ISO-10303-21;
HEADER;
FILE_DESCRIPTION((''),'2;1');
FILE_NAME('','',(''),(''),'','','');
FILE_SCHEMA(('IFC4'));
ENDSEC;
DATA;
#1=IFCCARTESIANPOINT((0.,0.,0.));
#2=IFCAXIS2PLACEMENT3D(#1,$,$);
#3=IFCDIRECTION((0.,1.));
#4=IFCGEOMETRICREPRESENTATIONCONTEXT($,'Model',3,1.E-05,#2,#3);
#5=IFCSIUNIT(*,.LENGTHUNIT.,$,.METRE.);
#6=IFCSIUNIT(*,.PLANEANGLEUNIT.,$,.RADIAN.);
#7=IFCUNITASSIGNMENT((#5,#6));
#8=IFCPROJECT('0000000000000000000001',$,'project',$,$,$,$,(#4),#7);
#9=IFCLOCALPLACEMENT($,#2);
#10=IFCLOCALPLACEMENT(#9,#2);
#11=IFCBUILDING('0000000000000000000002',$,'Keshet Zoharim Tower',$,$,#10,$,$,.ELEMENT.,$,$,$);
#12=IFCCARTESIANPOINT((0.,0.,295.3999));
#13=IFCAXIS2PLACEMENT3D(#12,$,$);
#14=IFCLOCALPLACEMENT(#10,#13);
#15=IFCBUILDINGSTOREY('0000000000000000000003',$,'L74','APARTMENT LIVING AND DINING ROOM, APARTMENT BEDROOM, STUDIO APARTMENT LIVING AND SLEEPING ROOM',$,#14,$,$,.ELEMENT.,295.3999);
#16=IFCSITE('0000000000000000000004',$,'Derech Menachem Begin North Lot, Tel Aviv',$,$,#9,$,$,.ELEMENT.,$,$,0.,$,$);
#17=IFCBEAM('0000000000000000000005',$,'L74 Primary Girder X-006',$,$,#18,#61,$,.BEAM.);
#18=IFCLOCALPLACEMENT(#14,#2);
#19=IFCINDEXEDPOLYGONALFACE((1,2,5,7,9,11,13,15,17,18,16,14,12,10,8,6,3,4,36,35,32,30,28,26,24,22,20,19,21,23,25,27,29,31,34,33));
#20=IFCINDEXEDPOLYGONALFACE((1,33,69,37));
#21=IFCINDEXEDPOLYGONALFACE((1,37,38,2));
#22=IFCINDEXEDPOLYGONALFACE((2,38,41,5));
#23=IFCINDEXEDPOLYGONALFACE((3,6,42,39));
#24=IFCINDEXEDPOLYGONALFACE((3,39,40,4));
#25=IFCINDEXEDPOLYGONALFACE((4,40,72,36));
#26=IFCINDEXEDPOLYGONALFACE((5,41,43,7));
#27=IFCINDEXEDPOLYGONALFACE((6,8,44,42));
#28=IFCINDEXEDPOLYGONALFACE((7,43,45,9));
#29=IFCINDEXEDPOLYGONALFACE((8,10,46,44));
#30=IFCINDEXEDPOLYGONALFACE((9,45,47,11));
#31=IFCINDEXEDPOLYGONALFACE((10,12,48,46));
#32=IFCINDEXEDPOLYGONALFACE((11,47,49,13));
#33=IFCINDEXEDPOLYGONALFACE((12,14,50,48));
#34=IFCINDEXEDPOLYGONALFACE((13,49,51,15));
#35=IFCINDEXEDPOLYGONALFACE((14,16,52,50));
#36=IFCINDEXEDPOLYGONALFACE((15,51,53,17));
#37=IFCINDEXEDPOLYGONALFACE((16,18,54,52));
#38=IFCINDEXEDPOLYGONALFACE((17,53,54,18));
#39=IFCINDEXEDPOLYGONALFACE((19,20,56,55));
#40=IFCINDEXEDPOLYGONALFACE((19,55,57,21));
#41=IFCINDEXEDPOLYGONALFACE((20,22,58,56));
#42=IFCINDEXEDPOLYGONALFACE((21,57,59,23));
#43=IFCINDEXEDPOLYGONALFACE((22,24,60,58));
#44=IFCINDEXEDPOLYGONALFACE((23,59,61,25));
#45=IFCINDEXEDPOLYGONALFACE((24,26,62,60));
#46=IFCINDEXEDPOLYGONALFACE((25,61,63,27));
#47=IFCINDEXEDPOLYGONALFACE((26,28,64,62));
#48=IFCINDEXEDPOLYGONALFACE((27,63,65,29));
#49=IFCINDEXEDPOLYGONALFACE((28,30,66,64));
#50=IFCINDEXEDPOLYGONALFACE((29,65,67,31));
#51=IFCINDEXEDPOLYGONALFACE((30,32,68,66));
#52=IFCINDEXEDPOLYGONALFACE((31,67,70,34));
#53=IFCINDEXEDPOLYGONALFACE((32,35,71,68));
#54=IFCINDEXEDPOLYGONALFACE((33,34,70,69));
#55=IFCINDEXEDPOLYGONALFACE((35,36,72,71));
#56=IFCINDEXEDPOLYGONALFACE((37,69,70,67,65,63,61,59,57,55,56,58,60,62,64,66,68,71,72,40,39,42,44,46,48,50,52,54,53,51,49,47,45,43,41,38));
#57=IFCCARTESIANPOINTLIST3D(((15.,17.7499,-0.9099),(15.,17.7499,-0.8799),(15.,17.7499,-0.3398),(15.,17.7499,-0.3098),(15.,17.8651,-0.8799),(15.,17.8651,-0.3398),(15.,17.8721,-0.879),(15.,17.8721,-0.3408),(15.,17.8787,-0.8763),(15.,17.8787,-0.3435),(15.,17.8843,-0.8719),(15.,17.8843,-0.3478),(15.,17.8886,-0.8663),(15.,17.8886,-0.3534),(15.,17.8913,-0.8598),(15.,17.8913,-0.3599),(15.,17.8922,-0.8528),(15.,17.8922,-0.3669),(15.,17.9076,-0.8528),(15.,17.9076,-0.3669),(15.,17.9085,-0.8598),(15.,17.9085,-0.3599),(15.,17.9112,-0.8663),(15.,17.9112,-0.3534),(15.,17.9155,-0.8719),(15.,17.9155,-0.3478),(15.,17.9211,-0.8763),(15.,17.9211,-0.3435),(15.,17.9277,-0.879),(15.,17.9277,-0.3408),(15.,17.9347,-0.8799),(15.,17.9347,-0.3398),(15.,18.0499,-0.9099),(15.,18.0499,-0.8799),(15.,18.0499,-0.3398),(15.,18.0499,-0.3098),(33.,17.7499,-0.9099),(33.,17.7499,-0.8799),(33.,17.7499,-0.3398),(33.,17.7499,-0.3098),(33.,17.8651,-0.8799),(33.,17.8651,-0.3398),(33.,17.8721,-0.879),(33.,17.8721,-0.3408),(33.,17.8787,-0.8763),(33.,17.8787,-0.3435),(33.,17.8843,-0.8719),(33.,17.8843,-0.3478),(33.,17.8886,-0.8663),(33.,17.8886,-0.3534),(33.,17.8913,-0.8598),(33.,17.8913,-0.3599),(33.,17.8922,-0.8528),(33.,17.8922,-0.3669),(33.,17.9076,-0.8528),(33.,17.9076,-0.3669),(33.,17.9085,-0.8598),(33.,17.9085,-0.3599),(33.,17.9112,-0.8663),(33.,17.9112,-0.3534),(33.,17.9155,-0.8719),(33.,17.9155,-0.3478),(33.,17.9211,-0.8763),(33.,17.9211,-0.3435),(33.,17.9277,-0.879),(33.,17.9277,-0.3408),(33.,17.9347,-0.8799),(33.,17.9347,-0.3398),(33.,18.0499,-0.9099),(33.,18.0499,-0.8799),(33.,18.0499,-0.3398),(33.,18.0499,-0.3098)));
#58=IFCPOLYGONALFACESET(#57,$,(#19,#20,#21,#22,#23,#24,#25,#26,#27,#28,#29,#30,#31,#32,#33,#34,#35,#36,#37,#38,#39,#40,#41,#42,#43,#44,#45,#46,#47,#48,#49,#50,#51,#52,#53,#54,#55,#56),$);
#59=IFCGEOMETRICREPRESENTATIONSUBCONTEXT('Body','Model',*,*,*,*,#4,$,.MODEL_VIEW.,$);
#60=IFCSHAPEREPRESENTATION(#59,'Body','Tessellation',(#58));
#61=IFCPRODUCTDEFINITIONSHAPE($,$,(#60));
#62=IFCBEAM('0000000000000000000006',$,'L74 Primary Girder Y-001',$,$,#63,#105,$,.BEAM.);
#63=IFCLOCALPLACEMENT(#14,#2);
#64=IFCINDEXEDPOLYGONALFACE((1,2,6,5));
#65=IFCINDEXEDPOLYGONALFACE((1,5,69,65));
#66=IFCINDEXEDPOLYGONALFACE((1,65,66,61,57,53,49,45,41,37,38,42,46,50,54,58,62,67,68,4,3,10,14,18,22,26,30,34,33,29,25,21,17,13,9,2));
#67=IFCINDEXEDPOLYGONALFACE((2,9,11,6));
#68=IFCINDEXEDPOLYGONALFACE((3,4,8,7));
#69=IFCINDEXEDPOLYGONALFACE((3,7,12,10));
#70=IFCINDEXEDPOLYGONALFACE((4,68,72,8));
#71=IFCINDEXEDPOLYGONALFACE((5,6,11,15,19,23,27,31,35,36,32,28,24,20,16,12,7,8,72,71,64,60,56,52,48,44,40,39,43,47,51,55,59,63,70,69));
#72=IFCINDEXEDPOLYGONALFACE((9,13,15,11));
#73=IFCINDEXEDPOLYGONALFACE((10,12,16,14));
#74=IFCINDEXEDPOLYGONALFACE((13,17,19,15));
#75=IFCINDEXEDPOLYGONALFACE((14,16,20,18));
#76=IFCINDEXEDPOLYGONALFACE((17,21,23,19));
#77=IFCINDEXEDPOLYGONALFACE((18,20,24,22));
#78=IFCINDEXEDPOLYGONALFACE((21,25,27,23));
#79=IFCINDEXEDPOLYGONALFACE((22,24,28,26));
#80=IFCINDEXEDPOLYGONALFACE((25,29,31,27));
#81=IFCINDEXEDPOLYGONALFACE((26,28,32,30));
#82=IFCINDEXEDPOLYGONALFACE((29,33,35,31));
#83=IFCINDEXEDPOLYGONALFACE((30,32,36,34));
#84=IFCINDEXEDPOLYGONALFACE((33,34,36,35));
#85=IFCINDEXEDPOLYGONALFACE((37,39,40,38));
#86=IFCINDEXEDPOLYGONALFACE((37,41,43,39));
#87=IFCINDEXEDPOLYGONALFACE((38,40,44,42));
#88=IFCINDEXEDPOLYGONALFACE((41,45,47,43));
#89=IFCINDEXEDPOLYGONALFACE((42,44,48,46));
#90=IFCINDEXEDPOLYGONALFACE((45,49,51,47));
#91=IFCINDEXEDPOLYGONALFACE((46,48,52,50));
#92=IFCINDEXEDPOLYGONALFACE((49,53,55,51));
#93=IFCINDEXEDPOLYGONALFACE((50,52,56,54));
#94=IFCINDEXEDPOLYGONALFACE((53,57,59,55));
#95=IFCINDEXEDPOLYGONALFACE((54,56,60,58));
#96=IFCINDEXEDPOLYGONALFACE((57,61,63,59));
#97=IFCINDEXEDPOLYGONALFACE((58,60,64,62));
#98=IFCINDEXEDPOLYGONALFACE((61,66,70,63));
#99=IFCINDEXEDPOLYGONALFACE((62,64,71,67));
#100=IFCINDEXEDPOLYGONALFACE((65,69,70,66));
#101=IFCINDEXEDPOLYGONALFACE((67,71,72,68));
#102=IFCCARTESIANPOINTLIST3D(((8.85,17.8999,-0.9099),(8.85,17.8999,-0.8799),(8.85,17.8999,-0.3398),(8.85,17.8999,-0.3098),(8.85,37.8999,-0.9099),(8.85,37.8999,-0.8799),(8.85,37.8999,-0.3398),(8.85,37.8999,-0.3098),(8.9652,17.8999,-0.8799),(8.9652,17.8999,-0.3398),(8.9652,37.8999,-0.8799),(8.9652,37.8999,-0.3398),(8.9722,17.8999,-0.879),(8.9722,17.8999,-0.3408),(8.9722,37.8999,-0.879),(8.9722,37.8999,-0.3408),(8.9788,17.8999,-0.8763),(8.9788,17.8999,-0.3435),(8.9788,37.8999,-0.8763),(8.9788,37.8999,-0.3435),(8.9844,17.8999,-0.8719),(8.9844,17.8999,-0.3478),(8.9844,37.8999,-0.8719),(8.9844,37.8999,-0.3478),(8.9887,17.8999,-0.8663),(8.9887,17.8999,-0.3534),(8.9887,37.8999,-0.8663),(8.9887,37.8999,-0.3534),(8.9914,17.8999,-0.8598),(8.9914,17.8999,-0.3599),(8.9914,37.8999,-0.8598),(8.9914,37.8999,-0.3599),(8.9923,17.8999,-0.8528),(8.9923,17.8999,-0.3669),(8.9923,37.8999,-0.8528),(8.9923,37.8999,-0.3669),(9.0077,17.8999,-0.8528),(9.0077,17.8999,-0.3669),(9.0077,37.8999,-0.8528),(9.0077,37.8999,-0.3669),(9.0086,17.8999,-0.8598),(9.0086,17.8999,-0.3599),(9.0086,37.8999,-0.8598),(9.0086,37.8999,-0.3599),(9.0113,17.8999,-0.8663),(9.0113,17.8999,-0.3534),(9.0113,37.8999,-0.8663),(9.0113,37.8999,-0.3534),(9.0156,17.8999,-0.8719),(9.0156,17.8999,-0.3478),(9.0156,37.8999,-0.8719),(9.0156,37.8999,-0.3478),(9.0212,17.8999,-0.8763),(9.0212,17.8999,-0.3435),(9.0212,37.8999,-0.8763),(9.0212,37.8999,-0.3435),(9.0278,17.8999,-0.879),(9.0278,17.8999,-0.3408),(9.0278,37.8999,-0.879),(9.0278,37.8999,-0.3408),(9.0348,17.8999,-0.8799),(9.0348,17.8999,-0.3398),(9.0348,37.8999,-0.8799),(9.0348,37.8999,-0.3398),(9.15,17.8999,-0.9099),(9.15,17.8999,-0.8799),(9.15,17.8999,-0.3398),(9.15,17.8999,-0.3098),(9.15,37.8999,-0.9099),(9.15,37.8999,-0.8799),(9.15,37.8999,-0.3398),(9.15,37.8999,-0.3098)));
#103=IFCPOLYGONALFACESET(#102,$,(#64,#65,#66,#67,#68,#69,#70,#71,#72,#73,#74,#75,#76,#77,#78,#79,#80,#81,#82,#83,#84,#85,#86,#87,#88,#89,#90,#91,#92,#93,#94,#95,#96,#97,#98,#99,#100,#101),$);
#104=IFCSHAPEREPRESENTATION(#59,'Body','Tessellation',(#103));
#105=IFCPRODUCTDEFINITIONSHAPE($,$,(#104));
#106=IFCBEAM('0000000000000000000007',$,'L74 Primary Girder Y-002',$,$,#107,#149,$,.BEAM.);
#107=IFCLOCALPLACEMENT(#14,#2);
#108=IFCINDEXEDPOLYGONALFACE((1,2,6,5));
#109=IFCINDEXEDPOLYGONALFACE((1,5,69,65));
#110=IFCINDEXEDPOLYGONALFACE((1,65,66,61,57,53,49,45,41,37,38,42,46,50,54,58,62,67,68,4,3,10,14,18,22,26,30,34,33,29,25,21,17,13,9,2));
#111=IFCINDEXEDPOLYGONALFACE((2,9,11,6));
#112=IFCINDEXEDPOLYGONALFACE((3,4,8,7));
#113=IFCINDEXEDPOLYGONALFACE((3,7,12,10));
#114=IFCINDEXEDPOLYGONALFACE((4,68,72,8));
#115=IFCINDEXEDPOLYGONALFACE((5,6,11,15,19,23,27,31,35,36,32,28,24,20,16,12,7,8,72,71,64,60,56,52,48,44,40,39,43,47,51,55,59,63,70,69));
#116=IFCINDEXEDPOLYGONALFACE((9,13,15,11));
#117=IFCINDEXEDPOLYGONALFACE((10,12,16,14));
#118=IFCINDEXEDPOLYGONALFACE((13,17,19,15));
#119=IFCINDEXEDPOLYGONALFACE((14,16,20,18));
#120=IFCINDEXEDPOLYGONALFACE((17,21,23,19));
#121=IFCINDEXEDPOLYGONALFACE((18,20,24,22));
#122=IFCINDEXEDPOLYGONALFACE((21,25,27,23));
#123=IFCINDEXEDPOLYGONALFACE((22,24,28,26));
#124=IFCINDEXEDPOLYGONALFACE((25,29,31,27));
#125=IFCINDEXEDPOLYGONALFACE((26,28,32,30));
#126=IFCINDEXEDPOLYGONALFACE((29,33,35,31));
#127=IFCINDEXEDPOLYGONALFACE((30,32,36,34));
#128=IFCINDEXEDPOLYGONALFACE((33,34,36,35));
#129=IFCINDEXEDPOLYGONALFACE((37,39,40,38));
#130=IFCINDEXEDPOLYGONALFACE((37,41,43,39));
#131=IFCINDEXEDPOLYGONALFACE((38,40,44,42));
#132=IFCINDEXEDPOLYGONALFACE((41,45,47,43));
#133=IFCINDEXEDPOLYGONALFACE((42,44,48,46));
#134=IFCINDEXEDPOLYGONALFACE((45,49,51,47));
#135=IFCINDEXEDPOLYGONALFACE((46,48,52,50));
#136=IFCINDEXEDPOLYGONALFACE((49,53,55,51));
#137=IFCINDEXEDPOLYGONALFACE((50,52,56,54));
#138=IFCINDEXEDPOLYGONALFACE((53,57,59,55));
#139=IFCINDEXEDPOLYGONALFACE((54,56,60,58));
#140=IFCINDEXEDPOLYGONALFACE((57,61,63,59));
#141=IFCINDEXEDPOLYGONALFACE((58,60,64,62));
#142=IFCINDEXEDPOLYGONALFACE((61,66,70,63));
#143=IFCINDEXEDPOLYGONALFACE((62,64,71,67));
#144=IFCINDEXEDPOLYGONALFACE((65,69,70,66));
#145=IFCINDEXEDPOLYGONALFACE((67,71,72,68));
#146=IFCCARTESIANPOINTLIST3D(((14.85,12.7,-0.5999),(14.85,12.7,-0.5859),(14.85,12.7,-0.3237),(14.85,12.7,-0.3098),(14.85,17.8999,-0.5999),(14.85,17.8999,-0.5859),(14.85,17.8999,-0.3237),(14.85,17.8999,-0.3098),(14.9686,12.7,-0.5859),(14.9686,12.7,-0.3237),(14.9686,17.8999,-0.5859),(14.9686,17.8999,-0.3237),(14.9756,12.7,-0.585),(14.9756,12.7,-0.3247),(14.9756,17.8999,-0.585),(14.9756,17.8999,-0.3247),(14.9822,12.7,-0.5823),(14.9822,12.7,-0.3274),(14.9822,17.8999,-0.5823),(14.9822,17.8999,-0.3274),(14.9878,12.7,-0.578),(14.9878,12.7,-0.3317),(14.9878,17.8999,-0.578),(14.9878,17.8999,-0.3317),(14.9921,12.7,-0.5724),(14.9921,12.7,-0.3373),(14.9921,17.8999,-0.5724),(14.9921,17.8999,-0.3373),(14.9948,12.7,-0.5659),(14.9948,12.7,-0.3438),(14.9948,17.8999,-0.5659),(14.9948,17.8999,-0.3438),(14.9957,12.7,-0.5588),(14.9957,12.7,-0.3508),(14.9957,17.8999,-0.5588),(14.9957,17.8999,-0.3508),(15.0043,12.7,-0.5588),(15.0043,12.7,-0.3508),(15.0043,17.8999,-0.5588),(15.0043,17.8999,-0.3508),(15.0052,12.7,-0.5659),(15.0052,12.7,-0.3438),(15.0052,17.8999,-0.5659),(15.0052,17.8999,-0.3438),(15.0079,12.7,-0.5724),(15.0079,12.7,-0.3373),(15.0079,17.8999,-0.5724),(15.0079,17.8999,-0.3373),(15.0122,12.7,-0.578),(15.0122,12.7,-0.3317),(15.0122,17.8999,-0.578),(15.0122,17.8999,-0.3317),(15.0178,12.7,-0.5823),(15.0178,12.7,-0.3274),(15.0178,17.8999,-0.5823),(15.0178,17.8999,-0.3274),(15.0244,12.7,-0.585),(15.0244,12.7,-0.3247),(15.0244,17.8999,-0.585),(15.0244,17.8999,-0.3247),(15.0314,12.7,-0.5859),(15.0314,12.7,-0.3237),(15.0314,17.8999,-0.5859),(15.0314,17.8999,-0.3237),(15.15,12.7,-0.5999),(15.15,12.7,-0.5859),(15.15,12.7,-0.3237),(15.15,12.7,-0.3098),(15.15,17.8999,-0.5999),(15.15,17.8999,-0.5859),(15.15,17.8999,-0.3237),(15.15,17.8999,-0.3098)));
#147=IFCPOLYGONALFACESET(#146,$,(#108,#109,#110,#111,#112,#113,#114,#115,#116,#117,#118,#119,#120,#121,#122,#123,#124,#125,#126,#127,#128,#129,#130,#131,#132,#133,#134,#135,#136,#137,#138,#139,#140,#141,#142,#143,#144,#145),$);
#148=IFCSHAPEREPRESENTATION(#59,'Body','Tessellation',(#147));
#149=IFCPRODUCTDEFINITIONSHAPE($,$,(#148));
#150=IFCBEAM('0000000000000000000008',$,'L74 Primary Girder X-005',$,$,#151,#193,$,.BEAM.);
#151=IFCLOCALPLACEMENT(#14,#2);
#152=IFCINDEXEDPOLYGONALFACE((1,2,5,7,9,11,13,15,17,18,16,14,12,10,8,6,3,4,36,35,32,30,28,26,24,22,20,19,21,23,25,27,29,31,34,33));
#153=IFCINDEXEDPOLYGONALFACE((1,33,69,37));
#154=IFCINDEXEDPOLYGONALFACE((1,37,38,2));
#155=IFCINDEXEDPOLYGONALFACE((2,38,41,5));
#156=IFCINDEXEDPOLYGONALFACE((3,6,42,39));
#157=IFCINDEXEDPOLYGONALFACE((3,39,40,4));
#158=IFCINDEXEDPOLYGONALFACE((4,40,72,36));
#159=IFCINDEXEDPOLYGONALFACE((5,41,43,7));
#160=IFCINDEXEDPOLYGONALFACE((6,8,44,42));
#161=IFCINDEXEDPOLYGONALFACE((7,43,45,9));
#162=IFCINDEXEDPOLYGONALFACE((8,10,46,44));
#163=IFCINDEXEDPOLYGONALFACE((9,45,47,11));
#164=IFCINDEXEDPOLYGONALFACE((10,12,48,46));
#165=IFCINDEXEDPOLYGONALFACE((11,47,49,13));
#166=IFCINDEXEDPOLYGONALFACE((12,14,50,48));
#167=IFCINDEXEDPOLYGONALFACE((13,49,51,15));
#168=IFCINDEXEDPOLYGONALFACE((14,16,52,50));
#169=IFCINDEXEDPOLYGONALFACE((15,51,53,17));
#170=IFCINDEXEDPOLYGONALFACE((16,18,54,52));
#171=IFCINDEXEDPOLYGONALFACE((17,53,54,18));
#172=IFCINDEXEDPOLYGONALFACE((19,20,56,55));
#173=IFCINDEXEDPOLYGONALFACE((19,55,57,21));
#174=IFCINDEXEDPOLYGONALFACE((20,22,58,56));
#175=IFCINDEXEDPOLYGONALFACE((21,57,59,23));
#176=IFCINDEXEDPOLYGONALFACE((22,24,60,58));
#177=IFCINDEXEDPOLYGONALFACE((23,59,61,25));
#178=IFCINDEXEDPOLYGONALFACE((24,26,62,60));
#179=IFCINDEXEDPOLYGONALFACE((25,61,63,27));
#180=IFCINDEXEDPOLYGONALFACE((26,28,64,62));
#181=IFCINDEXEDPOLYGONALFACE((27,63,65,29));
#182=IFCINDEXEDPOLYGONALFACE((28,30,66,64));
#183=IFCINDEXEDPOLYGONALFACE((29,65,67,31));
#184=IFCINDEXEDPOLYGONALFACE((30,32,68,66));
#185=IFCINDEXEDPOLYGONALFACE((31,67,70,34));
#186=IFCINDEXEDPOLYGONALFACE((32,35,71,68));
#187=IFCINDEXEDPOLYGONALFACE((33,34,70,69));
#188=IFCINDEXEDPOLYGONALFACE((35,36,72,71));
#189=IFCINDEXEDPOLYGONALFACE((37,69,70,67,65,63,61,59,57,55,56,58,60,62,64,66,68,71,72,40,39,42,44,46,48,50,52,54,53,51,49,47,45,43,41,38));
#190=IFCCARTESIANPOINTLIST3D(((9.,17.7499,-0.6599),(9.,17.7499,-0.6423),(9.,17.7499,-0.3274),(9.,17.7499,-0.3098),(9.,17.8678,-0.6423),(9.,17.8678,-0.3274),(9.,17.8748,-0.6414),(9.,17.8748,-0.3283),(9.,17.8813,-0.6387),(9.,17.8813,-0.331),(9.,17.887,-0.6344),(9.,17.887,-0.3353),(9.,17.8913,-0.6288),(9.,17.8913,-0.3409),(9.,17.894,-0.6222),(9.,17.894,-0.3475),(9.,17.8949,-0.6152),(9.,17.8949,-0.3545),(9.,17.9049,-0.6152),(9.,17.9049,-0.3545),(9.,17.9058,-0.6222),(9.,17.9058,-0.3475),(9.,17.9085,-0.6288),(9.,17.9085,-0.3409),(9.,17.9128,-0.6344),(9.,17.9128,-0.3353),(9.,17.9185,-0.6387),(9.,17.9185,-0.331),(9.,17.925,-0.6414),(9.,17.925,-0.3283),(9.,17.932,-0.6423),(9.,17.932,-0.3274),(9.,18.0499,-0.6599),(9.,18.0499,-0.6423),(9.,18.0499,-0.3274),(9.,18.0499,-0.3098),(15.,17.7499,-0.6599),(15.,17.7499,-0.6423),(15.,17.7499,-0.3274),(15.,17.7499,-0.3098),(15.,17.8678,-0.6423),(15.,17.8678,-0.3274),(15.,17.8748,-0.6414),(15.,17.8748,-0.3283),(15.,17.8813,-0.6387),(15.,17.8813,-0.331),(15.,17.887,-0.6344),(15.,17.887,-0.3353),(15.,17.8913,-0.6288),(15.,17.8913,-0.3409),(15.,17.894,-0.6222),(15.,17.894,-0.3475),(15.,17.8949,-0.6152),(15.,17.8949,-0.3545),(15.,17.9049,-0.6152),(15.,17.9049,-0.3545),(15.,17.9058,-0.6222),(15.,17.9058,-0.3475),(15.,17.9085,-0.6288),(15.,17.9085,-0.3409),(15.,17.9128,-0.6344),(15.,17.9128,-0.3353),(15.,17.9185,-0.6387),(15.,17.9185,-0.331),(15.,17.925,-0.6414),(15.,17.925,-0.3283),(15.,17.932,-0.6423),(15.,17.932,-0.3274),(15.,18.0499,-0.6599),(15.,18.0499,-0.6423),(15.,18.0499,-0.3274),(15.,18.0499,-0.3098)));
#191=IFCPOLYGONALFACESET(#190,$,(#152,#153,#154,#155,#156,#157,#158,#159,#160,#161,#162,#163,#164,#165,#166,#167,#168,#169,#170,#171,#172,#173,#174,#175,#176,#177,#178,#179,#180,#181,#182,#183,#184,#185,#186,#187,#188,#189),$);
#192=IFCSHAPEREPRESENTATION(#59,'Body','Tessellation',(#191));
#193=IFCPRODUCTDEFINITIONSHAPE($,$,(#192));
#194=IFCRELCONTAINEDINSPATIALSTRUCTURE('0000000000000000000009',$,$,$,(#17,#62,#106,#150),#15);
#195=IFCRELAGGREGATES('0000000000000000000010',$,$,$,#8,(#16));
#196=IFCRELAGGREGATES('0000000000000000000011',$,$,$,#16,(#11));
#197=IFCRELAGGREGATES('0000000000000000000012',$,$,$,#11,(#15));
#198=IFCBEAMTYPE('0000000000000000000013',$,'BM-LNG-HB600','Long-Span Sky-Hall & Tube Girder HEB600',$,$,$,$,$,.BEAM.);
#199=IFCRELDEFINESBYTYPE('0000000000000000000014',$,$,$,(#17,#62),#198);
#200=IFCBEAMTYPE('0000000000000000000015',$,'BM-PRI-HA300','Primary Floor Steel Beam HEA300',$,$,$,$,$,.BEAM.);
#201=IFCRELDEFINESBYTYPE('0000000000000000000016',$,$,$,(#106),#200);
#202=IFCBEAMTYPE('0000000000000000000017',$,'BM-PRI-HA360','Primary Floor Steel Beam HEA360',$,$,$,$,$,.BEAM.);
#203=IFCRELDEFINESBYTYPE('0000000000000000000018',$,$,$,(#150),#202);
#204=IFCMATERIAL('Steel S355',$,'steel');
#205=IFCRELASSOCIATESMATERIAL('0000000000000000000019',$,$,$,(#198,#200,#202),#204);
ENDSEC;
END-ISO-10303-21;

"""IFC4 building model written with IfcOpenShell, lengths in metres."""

from ifc_helpers import new_model, si_unit, direction, frame, origin, origin_2d, place, context, subcontext, project, spatial, i_section, extrude, material, material_profile, profile_set, type_object, element, save


model = new_model("IFC4")

# Units and contexts
model_context = context("Model", 3, precision=1e-05, world=origin(), true_north=direction((0.0, 1.0)))
body_context = subcontext(model_context, "Body", "Model", "MODEL_VIEW")
ifc_project = project(units=[si_unit("LENGTHUNIT", "METRE"), si_unit("PLANEANGLEUNIT", "RADIAN")], contexts=[model_context])

# Site, building, storey
site_placement = place(None, origin())
site = spatial("IfcSite", under=ifc_project, at=site_placement, Name="Derech Menachem Begin North Lot, Tel Aviv", CompositionType="ELEMENT", RefElevation=0.0)
building_placement = place(site_placement, origin())
building = spatial("IfcBuilding", under=site, at=building_placement, Name="Keshet Zoharim Tower", CompositionType="ELEMENT")
storey_placement = place(building_placement, frame((0.0, 0.0, 295.3999)))
storey = spatial("IfcBuildingStorey", under=building, at=storey_placement, Name="L74", Description="APARTMENT LIVING AND DINING ROOM, APARTMENT BEDROOM, STUDIO APARTMENT LIVING AND SLEEPING ROOM", CompositionType="ELEMENT", Elevation=295.3999)

# Shared definitions
ifc_material_1 = material(Name="Steel S355", Category="steel")

# Beams
ifc_material_profile_1 = material_profile(ifc_material_1, i_section(OverallWidth=0.3, OverallDepth=0.6001, WebThickness=0.0154, FlangeThickness=0.03, FilletRadius=0.0271, at=origin_2d()), Name="HEB600")
ifc_profile_set_1 = profile_set([ifc_material_profile_1], Name="Steel S355")
beam_type_1 = type_object("IfcBeamType", Name="BM-LNG-HB600", Description="Long-Span Sky-Hall & Tube Girder HEB600", PredefinedType="BEAM", material=ifc_profile_set_1)
for number, where, z_axis, x_axis, name in (
    (1, (15.0, 17.8999, -0.6099), (1.0, 0.0, 0.0), (0.0, 1.0, 0.0), "L74 Primary Girder X-006"),
):
    element("IfcBeam", number, at=place(storey_placement, frame(where, z_axis=z_axis, x_axis=x_axis)), inside=storey, type_object=beam_type_1, Name=name, PredefinedType="BEAM", context=body_context, shape_type="SweptSolid", body=[
        extrude(i_section(OverallWidth=0.3, OverallDepth=0.6001, WebThickness=0.0154, FlangeThickness=0.03, FilletRadius=0.0271, at=origin_2d()), origin(), (0.0, 0.0, 1.0), 18.0),
    ])
beam_1_placement = place(storey_placement, frame((9.0, 17.8999, -0.6099), z_axis=(0.0, 1.0, 0.0), x_axis=(-1.0, 0.0, 0.0)))
element("IfcBeam", 2, at=beam_1_placement, inside=storey, type_object=beam_type_1, Name="L74 Primary Girder Y-001", PredefinedType="BEAM", context=body_context, shape_type="SweptSolid", body=[
    extrude(i_section(OverallWidth=0.3, OverallDepth=0.6001, WebThickness=0.0154, FlangeThickness=0.03, FilletRadius=0.0271, at=origin_2d()), origin(), (0.0, 0.0, 1.0), 20.0),
])
ifc_material_profile_2 = material_profile(ifc_material_1, i_section(OverallWidth=0.3, OverallDepth=0.29, WebThickness=0.0085, FlangeThickness=0.0139, FilletRadius=0.0271, at=origin_2d()), Name="HEA300")
ifc_profile_set_2 = profile_set([ifc_material_profile_2], Name="Steel S355")
beam_type_2 = type_object("IfcBeamType", Name="BM-PRI-HA300", Description="Primary Floor Steel Beam HEA300", PredefinedType="BEAM", material=ifc_profile_set_2)
beam_2_placement = place(storey_placement, frame((15.0, 12.7, -0.4548), z_axis=(0.0, 1.0, 0.0), x_axis=(-1.0, 0.0, 0.0)))
element("IfcBeam", 3, at=beam_2_placement, inside=storey, type_object=beam_type_2, Name="L74 Primary Girder Y-002", PredefinedType="BEAM", context=body_context, shape_type="SweptSolid", body=[
    extrude(i_section(OverallWidth=0.3, OverallDepth=0.29, WebThickness=0.0085, FlangeThickness=0.0139, FilletRadius=0.0271, at=origin_2d()), origin(), (0.0, 0.0, 1.0), 5.2),
])
ifc_material_profile_3 = material_profile(ifc_material_1, i_section(OverallWidth=0.3, OverallDepth=0.3501, WebThickness=0.01, FlangeThickness=0.0176, FilletRadius=0.0271, at=origin_2d()), Name="HEA360")
ifc_profile_set_3 = profile_set([ifc_material_profile_3], Name="Steel S355")
beam_type_3 = type_object("IfcBeamType", Name="BM-PRI-HA360", Description="Primary Floor Steel Beam HEA360", PredefinedType="BEAM", material=ifc_profile_set_3)
beam_3_placement = place(storey_placement, frame((9.0, 17.8999, -0.4849), z_axis=(1.0, 0.0, 0.0), x_axis=(0.0, 1.0, 0.0)))
element("IfcBeam", 4, at=beam_3_placement, inside=storey, type_object=beam_type_3, Name="L74 Primary Girder X-005", PredefinedType="BEAM", context=body_context, shape_type="SweptSolid", body=[
    extrude(i_section(OverallWidth=0.3, OverallDepth=0.3501, WebThickness=0.01, FlangeThickness=0.0176, FilletRadius=0.0271, at=origin_2d()), origin(), (0.0, 0.0, 1.0), 6.0),
])

save(model, "model.ifc")
